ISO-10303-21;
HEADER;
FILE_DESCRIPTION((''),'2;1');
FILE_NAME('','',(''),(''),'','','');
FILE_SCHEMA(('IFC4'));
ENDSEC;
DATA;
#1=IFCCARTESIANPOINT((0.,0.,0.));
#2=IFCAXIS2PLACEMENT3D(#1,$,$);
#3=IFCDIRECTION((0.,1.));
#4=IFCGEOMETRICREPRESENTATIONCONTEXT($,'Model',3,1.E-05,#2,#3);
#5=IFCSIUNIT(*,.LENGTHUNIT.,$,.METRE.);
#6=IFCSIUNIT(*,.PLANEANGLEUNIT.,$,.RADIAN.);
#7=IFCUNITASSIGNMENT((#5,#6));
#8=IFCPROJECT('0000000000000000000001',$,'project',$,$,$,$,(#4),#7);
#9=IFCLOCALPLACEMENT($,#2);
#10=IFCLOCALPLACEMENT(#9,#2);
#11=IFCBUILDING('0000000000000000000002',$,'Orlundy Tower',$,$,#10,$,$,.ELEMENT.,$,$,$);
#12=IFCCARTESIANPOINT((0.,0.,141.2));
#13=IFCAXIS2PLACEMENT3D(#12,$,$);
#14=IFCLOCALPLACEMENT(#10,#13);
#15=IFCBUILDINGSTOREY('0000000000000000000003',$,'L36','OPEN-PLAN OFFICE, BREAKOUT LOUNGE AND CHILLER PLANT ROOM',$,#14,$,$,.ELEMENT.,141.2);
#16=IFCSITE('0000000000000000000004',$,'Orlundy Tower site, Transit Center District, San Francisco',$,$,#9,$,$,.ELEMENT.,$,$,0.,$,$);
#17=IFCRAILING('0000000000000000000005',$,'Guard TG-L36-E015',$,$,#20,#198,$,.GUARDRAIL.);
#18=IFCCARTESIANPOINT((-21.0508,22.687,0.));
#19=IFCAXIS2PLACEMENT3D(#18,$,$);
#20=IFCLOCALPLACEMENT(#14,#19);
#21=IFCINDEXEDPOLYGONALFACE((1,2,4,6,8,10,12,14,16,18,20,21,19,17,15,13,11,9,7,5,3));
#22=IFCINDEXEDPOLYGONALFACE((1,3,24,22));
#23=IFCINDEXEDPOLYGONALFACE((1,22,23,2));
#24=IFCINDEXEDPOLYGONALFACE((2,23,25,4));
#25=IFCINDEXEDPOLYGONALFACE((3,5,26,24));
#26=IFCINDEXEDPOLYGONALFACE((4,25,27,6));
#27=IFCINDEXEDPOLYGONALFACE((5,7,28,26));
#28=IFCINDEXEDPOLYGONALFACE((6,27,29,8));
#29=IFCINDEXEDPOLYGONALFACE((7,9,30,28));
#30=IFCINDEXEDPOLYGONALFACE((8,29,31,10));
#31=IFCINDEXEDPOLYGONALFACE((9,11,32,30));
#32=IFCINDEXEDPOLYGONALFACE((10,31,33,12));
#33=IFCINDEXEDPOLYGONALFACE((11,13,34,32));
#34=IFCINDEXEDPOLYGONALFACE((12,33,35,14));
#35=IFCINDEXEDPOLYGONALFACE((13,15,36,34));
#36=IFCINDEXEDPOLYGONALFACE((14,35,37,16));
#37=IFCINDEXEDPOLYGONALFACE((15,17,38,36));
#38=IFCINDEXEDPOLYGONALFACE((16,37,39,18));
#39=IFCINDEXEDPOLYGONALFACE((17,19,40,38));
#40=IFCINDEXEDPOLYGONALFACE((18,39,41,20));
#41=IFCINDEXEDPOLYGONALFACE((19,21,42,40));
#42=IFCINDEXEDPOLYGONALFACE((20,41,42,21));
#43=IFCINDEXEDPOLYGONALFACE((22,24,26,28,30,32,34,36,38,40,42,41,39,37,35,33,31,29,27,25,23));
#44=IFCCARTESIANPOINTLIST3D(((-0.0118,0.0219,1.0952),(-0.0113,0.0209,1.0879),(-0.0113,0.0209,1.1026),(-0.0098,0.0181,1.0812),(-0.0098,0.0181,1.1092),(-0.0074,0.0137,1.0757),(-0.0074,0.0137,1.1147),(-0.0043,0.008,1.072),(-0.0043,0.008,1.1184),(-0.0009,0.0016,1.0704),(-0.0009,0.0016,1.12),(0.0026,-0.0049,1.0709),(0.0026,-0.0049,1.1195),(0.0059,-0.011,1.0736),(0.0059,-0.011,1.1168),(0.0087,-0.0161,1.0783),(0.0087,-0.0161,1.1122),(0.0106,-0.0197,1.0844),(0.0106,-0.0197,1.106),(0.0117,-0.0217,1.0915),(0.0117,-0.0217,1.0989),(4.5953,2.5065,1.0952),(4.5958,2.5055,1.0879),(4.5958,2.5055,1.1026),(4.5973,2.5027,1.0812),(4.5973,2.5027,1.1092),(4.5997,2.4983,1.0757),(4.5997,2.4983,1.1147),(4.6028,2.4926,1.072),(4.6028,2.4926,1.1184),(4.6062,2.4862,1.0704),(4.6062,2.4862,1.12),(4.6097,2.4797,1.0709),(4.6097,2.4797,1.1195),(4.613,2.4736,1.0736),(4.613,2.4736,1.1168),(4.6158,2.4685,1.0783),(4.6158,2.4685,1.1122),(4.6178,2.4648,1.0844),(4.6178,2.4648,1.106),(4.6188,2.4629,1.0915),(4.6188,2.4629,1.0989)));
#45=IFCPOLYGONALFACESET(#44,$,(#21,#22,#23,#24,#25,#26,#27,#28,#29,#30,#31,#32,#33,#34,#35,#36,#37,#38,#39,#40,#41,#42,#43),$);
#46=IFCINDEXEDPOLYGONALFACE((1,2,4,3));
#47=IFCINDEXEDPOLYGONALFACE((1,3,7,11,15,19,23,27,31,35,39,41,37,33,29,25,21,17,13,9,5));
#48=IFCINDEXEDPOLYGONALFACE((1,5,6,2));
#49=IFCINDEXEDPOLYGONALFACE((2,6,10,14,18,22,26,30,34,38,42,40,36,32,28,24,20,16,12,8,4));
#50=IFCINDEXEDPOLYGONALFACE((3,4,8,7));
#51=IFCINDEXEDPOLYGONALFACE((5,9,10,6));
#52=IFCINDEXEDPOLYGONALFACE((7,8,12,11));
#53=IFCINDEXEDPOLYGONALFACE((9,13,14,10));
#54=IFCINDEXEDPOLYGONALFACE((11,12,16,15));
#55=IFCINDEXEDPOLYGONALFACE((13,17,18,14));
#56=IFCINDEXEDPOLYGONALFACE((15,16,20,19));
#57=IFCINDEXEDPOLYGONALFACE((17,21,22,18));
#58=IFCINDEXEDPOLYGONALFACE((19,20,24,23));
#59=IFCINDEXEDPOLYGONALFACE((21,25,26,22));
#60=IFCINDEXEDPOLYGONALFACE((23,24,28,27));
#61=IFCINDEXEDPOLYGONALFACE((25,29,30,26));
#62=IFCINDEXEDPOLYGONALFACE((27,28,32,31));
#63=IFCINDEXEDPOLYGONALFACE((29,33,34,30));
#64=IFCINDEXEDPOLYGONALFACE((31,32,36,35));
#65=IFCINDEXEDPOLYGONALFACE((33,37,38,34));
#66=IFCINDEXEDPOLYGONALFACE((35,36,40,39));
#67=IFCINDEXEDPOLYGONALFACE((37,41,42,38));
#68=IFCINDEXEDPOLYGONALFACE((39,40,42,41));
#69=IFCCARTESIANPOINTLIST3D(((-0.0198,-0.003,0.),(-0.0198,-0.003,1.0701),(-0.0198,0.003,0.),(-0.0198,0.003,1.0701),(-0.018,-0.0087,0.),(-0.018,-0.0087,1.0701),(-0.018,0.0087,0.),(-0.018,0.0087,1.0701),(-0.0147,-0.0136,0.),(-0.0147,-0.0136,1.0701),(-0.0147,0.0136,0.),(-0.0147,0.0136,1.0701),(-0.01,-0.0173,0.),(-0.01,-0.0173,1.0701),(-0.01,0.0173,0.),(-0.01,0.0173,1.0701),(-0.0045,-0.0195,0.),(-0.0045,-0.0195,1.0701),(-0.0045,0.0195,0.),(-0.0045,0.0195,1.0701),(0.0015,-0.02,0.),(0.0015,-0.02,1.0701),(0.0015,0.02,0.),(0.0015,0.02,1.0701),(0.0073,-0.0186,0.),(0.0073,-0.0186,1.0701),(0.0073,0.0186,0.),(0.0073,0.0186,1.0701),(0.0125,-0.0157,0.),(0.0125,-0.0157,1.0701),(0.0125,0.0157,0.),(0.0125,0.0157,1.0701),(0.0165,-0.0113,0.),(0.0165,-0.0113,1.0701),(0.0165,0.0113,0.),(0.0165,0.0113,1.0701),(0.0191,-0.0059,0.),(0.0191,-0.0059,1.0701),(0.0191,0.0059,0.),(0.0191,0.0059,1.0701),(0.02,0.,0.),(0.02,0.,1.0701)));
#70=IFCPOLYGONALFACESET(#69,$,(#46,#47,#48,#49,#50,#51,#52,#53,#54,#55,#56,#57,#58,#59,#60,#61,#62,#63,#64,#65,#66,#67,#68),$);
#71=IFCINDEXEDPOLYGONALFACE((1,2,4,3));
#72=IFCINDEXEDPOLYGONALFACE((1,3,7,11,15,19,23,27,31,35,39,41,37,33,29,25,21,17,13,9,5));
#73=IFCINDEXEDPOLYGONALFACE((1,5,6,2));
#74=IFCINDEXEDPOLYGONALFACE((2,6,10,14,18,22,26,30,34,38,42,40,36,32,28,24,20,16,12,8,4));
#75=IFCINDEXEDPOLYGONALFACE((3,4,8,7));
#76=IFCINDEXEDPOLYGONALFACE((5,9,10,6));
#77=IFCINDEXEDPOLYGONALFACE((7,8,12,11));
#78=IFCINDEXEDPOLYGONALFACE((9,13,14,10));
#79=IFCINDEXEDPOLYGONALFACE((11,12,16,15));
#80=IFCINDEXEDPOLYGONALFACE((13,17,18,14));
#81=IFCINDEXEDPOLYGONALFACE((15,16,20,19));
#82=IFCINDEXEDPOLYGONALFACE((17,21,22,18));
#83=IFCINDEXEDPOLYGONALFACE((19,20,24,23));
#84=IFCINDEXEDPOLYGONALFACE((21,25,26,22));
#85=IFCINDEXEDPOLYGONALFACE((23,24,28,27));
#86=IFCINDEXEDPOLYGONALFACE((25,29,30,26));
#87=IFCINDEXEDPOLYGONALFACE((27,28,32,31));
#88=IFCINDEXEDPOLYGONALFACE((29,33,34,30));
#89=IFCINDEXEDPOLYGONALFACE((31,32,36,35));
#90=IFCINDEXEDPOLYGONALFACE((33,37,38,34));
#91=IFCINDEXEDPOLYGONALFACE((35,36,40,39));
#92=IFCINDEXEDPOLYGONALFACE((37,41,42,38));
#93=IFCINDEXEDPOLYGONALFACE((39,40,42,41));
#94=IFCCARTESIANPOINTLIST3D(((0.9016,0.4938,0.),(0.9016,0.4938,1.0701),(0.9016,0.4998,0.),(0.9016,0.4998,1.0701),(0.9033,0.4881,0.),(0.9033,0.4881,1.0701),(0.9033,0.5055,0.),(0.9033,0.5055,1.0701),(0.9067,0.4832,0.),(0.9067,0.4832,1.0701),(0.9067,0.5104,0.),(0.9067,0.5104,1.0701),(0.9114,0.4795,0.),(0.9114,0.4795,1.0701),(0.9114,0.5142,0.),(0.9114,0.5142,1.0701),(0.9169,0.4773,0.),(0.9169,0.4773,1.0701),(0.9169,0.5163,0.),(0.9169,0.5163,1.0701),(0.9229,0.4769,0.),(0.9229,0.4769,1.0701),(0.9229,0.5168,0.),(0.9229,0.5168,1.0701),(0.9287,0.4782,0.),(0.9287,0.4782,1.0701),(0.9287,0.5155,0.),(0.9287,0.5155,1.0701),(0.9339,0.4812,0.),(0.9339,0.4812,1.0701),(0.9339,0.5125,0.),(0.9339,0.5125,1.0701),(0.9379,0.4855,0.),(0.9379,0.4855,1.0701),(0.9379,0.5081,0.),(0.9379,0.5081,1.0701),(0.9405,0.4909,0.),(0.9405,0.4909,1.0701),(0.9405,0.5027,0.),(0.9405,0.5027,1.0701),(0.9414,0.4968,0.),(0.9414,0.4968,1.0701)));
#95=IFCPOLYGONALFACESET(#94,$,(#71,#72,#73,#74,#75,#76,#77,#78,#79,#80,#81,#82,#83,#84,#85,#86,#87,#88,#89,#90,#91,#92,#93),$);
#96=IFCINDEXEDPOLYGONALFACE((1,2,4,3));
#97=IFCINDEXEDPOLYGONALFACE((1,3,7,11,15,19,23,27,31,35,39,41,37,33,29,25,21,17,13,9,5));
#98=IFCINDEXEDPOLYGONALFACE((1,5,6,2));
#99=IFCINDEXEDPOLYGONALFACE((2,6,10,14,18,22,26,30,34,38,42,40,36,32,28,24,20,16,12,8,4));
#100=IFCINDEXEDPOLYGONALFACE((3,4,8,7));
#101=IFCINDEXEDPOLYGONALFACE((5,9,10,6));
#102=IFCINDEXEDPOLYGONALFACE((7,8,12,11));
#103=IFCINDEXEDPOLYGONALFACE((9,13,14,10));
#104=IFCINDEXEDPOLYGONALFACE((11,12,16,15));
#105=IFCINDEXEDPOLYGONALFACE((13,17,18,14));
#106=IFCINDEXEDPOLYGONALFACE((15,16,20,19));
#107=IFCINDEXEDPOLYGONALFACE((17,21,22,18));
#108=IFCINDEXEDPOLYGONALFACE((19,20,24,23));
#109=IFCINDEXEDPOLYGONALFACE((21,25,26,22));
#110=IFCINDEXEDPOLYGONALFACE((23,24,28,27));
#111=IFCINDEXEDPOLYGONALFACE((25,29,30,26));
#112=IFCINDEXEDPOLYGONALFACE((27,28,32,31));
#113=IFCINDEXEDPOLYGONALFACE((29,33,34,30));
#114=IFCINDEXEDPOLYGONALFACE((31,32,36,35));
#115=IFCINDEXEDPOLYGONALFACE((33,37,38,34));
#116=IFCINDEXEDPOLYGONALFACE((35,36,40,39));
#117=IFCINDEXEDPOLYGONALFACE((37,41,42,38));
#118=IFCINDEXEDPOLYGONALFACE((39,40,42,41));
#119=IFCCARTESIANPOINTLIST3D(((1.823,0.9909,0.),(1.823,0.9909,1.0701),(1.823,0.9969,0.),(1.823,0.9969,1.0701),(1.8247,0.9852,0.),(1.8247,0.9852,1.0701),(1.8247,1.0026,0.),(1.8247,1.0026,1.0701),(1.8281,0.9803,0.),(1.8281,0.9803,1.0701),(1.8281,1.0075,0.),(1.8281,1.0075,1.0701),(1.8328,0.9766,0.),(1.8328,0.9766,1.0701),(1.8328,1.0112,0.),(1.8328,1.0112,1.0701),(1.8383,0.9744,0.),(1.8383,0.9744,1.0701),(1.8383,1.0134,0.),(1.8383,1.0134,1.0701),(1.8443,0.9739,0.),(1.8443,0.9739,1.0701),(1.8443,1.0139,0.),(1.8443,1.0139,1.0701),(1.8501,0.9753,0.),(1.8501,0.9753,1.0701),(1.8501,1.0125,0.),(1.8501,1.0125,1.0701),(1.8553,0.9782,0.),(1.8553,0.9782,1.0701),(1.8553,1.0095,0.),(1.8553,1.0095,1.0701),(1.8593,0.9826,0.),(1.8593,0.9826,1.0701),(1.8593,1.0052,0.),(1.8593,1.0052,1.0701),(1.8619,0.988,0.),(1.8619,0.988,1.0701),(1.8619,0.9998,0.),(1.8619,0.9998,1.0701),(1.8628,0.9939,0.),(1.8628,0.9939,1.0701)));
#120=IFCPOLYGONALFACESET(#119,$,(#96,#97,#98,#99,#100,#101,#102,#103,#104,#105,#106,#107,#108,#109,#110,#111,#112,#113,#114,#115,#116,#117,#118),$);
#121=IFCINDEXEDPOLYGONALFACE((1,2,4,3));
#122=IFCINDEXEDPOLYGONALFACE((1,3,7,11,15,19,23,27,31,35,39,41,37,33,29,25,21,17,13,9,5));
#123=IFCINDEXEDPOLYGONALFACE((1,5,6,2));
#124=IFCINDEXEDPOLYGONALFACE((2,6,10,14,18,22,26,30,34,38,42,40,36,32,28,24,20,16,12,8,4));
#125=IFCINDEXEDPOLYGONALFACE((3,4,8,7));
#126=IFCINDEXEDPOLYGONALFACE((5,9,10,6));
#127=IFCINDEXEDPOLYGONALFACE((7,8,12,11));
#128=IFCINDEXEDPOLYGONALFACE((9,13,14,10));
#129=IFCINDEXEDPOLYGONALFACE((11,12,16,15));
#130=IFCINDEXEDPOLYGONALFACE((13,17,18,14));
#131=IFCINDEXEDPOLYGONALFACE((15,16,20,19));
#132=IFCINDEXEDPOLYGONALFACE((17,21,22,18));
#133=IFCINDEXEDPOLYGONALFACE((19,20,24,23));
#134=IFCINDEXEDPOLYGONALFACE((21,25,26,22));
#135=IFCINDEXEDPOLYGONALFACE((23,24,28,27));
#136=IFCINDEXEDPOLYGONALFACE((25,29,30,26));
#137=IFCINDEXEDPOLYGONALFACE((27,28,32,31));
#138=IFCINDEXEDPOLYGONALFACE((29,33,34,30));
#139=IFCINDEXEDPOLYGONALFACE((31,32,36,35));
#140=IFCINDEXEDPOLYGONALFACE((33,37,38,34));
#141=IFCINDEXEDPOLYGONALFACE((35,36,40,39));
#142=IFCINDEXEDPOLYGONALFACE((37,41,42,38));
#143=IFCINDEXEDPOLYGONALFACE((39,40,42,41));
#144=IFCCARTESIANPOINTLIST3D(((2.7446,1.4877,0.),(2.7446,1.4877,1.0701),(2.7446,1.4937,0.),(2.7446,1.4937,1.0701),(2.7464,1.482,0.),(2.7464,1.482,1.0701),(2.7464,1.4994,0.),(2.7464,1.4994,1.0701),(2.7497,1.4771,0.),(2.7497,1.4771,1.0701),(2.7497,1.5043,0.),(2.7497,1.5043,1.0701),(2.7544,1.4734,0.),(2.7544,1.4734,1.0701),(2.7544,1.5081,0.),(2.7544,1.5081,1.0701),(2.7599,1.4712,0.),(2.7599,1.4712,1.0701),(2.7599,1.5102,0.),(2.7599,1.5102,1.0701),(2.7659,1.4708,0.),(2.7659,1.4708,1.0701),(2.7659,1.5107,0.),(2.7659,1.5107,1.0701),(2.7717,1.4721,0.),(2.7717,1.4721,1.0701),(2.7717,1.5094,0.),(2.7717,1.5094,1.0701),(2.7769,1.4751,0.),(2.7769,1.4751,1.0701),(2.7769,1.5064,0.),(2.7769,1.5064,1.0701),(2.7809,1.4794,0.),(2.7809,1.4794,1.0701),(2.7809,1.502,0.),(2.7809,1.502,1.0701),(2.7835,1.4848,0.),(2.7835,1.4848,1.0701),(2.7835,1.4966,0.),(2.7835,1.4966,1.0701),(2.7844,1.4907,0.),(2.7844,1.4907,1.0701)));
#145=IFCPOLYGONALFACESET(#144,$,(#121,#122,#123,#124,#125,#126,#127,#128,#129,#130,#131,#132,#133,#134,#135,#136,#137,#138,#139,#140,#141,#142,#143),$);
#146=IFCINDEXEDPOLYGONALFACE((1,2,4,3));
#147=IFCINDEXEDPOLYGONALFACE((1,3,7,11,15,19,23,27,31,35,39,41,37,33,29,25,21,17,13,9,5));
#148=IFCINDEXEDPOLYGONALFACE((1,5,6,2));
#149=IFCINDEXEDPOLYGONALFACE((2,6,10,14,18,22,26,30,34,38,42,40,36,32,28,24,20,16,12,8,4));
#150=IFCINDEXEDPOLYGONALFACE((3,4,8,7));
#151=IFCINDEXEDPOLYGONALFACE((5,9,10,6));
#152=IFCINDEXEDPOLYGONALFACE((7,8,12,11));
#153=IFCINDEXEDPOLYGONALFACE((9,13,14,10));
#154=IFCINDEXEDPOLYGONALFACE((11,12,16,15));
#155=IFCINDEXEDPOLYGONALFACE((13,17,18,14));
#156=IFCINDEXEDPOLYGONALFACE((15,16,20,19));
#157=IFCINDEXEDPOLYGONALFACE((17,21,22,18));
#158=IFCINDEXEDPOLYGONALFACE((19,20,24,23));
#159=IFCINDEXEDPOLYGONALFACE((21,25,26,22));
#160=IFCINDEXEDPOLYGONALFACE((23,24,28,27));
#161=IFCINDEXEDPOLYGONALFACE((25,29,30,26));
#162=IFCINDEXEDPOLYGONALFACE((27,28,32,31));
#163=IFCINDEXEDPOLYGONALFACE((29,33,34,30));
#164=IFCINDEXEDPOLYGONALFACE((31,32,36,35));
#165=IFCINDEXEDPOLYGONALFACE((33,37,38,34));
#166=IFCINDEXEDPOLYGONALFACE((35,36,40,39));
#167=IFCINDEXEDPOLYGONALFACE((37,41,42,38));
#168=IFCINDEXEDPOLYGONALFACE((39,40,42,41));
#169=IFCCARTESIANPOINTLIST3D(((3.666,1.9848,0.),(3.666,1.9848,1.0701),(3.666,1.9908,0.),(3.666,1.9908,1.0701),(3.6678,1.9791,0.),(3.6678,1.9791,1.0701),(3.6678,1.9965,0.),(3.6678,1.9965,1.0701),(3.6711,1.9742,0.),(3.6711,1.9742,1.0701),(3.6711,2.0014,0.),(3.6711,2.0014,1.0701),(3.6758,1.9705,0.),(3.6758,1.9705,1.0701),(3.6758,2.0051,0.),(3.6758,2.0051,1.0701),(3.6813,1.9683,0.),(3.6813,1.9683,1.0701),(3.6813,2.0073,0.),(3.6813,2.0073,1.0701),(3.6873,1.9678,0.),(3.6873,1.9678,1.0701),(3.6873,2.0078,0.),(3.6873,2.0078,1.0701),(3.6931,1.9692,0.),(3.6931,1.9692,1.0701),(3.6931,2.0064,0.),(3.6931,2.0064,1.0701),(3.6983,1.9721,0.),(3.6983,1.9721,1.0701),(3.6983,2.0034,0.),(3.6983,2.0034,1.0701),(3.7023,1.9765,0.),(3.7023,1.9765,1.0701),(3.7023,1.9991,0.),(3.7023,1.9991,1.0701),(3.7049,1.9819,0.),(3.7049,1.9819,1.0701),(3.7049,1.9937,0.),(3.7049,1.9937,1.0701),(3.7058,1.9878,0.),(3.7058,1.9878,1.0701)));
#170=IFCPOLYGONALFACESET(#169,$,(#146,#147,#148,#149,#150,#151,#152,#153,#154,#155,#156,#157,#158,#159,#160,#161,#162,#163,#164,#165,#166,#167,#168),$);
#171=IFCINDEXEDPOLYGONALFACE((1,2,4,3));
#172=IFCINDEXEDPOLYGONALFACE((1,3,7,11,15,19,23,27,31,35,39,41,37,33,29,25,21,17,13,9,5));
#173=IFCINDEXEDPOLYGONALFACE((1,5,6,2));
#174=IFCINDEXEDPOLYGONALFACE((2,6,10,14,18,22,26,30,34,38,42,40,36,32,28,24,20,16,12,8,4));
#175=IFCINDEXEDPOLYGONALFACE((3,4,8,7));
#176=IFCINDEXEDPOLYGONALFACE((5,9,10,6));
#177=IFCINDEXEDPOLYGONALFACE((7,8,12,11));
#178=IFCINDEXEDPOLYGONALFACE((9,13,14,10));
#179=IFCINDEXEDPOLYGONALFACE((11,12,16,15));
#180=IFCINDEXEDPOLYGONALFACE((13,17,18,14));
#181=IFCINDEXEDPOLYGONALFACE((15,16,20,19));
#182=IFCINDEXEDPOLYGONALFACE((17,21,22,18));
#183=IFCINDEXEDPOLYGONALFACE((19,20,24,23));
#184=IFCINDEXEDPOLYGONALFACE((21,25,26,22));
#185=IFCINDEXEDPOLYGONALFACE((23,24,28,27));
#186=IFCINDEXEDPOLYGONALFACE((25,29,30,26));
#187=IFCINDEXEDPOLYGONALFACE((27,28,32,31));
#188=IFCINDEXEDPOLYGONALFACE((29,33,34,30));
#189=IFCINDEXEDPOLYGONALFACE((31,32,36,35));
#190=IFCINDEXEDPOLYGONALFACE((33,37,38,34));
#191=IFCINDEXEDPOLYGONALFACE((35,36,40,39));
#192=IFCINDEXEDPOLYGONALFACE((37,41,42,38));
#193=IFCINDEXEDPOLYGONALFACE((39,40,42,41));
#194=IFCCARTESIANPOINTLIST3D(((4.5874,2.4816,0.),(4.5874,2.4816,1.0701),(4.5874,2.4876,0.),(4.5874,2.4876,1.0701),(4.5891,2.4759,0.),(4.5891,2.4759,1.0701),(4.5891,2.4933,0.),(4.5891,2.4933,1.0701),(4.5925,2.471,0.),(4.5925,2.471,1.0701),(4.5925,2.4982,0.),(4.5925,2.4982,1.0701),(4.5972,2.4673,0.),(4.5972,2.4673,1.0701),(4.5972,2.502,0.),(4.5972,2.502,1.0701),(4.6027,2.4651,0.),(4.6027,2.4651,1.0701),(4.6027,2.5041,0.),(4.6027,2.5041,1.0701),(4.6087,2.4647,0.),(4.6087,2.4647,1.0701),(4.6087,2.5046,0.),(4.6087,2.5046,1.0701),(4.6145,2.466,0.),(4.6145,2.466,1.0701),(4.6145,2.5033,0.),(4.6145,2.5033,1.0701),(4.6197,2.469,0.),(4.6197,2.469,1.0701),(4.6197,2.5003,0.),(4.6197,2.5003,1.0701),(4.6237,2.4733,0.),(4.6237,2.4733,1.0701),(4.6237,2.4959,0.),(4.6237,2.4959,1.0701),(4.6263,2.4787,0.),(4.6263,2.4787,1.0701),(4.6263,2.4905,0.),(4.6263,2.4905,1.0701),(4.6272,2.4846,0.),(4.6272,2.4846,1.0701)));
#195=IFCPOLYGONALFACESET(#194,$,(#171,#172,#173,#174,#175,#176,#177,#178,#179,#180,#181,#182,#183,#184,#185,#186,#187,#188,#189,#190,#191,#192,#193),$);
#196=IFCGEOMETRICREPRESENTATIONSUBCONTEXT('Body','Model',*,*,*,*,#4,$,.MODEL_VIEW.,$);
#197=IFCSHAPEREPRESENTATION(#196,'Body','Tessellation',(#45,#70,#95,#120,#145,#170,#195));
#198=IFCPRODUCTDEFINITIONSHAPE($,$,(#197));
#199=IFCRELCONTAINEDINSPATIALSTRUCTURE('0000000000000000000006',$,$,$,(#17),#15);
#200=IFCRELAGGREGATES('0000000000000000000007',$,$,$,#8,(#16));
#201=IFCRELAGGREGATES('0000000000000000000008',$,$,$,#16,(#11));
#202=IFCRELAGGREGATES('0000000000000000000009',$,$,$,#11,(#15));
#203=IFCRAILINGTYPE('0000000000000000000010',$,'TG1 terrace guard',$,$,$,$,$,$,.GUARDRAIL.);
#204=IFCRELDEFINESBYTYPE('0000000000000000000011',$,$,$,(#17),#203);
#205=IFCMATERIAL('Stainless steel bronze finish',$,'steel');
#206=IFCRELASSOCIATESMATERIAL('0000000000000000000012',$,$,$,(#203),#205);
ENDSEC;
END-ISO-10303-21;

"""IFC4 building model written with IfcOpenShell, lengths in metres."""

from ifc_helpers import new_model, si_unit, direction, frame, origin, origin_2d, place, context, subcontext, project, spatial, circle, extrude, material, type_object, element, save


model = new_model("IFC4")

# Units and contexts
model_context = context("Model", 3, precision=1e-05, world=origin(), true_north=direction((0.0, 1.0)))
body_context = subcontext(model_context, "Body", "Model", "MODEL_VIEW")
ifc_project = project(units=[si_unit("LENGTHUNIT", "METRE"), si_unit("PLANEANGLEUNIT", "RADIAN")], contexts=[model_context])

# Site, building, storey
site_placement = place(None, origin())
site = spatial("IfcSite", under=ifc_project, at=site_placement, Name="Orlundy Tower site, Transit Center District, San Francisco", CompositionType="ELEMENT", RefElevation=0.0)
building_placement = place(site_placement, origin())
building = spatial("IfcBuilding", under=site, at=building_placement, Name="Orlundy Tower", CompositionType="ELEMENT")
storey_placement = place(building_placement, frame((0.0, 0.0, 141.2)))
storey = spatial("IfcBuildingStorey", under=building, at=storey_placement, Name="L36", Description="OPEN-PLAN OFFICE, BREAKOUT LOUNGE AND CHILLER PLANT ROOM", CompositionType="ELEMENT", Elevation=141.2)

# Railing
ifc_material_1 = material(Name="Stainless steel bronze finish", Category="steel")
railing_type = type_object("IfcRailingType", Name="TG1 terrace guard", PredefinedType="GUARDRAIL", material=ifc_material_1)
railing_1_placement = place(storey_placement, frame((-21.0508, 22.687, 0.0)))
element("IfcRailing", 1, at=railing_1_placement, inside=storey, type_object=railing_type, Name="Guard TG-L36-E015", PredefinedType="GUARDRAIL", context=body_context, shape_type="SweptSolid", body=[
    extrude(circle(Radius=0.0249, at=origin_2d()), frame((0.0, 0.0, 1.0952), z_axis=(0.880165, 0.474667, 0.0), x_axis=(-0.474667, 0.880165, 0.0)), (0.0, 0.0, 1.0), 5.2344),
    extrude(circle(Radius=0.02, at=origin_2d()), origin(), (0.0, 0.0, 1.0), 1.0701),
    extrude(circle(Radius=0.02, at=origin_2d()), frame((0.9214, 0.4968, 0.0)), (0.0, 0.0, 1.0), 1.0701),
    extrude(circle(Radius=0.02, at=origin_2d()), frame((1.8428, 0.9939, 0.0)), (0.0, 0.0, 1.0), 1.0701),
    extrude(circle(Radius=0.02, at=origin_2d()), frame((2.7644, 1.4907, 0.0)), (0.0, 0.0, 1.0), 1.0701),
    extrude(circle(Radius=0.02, at=origin_2d()), frame((3.6858, 1.9878, 0.0)), (0.0, 0.0, 1.0), 1.0701),
    extrude(circle(Radius=0.02, at=origin_2d()), frame((4.6072, 2.4846, 0.0)), (0.0, 0.0, 1.0), 1.0701),
])

save(model, "model.ifc")
